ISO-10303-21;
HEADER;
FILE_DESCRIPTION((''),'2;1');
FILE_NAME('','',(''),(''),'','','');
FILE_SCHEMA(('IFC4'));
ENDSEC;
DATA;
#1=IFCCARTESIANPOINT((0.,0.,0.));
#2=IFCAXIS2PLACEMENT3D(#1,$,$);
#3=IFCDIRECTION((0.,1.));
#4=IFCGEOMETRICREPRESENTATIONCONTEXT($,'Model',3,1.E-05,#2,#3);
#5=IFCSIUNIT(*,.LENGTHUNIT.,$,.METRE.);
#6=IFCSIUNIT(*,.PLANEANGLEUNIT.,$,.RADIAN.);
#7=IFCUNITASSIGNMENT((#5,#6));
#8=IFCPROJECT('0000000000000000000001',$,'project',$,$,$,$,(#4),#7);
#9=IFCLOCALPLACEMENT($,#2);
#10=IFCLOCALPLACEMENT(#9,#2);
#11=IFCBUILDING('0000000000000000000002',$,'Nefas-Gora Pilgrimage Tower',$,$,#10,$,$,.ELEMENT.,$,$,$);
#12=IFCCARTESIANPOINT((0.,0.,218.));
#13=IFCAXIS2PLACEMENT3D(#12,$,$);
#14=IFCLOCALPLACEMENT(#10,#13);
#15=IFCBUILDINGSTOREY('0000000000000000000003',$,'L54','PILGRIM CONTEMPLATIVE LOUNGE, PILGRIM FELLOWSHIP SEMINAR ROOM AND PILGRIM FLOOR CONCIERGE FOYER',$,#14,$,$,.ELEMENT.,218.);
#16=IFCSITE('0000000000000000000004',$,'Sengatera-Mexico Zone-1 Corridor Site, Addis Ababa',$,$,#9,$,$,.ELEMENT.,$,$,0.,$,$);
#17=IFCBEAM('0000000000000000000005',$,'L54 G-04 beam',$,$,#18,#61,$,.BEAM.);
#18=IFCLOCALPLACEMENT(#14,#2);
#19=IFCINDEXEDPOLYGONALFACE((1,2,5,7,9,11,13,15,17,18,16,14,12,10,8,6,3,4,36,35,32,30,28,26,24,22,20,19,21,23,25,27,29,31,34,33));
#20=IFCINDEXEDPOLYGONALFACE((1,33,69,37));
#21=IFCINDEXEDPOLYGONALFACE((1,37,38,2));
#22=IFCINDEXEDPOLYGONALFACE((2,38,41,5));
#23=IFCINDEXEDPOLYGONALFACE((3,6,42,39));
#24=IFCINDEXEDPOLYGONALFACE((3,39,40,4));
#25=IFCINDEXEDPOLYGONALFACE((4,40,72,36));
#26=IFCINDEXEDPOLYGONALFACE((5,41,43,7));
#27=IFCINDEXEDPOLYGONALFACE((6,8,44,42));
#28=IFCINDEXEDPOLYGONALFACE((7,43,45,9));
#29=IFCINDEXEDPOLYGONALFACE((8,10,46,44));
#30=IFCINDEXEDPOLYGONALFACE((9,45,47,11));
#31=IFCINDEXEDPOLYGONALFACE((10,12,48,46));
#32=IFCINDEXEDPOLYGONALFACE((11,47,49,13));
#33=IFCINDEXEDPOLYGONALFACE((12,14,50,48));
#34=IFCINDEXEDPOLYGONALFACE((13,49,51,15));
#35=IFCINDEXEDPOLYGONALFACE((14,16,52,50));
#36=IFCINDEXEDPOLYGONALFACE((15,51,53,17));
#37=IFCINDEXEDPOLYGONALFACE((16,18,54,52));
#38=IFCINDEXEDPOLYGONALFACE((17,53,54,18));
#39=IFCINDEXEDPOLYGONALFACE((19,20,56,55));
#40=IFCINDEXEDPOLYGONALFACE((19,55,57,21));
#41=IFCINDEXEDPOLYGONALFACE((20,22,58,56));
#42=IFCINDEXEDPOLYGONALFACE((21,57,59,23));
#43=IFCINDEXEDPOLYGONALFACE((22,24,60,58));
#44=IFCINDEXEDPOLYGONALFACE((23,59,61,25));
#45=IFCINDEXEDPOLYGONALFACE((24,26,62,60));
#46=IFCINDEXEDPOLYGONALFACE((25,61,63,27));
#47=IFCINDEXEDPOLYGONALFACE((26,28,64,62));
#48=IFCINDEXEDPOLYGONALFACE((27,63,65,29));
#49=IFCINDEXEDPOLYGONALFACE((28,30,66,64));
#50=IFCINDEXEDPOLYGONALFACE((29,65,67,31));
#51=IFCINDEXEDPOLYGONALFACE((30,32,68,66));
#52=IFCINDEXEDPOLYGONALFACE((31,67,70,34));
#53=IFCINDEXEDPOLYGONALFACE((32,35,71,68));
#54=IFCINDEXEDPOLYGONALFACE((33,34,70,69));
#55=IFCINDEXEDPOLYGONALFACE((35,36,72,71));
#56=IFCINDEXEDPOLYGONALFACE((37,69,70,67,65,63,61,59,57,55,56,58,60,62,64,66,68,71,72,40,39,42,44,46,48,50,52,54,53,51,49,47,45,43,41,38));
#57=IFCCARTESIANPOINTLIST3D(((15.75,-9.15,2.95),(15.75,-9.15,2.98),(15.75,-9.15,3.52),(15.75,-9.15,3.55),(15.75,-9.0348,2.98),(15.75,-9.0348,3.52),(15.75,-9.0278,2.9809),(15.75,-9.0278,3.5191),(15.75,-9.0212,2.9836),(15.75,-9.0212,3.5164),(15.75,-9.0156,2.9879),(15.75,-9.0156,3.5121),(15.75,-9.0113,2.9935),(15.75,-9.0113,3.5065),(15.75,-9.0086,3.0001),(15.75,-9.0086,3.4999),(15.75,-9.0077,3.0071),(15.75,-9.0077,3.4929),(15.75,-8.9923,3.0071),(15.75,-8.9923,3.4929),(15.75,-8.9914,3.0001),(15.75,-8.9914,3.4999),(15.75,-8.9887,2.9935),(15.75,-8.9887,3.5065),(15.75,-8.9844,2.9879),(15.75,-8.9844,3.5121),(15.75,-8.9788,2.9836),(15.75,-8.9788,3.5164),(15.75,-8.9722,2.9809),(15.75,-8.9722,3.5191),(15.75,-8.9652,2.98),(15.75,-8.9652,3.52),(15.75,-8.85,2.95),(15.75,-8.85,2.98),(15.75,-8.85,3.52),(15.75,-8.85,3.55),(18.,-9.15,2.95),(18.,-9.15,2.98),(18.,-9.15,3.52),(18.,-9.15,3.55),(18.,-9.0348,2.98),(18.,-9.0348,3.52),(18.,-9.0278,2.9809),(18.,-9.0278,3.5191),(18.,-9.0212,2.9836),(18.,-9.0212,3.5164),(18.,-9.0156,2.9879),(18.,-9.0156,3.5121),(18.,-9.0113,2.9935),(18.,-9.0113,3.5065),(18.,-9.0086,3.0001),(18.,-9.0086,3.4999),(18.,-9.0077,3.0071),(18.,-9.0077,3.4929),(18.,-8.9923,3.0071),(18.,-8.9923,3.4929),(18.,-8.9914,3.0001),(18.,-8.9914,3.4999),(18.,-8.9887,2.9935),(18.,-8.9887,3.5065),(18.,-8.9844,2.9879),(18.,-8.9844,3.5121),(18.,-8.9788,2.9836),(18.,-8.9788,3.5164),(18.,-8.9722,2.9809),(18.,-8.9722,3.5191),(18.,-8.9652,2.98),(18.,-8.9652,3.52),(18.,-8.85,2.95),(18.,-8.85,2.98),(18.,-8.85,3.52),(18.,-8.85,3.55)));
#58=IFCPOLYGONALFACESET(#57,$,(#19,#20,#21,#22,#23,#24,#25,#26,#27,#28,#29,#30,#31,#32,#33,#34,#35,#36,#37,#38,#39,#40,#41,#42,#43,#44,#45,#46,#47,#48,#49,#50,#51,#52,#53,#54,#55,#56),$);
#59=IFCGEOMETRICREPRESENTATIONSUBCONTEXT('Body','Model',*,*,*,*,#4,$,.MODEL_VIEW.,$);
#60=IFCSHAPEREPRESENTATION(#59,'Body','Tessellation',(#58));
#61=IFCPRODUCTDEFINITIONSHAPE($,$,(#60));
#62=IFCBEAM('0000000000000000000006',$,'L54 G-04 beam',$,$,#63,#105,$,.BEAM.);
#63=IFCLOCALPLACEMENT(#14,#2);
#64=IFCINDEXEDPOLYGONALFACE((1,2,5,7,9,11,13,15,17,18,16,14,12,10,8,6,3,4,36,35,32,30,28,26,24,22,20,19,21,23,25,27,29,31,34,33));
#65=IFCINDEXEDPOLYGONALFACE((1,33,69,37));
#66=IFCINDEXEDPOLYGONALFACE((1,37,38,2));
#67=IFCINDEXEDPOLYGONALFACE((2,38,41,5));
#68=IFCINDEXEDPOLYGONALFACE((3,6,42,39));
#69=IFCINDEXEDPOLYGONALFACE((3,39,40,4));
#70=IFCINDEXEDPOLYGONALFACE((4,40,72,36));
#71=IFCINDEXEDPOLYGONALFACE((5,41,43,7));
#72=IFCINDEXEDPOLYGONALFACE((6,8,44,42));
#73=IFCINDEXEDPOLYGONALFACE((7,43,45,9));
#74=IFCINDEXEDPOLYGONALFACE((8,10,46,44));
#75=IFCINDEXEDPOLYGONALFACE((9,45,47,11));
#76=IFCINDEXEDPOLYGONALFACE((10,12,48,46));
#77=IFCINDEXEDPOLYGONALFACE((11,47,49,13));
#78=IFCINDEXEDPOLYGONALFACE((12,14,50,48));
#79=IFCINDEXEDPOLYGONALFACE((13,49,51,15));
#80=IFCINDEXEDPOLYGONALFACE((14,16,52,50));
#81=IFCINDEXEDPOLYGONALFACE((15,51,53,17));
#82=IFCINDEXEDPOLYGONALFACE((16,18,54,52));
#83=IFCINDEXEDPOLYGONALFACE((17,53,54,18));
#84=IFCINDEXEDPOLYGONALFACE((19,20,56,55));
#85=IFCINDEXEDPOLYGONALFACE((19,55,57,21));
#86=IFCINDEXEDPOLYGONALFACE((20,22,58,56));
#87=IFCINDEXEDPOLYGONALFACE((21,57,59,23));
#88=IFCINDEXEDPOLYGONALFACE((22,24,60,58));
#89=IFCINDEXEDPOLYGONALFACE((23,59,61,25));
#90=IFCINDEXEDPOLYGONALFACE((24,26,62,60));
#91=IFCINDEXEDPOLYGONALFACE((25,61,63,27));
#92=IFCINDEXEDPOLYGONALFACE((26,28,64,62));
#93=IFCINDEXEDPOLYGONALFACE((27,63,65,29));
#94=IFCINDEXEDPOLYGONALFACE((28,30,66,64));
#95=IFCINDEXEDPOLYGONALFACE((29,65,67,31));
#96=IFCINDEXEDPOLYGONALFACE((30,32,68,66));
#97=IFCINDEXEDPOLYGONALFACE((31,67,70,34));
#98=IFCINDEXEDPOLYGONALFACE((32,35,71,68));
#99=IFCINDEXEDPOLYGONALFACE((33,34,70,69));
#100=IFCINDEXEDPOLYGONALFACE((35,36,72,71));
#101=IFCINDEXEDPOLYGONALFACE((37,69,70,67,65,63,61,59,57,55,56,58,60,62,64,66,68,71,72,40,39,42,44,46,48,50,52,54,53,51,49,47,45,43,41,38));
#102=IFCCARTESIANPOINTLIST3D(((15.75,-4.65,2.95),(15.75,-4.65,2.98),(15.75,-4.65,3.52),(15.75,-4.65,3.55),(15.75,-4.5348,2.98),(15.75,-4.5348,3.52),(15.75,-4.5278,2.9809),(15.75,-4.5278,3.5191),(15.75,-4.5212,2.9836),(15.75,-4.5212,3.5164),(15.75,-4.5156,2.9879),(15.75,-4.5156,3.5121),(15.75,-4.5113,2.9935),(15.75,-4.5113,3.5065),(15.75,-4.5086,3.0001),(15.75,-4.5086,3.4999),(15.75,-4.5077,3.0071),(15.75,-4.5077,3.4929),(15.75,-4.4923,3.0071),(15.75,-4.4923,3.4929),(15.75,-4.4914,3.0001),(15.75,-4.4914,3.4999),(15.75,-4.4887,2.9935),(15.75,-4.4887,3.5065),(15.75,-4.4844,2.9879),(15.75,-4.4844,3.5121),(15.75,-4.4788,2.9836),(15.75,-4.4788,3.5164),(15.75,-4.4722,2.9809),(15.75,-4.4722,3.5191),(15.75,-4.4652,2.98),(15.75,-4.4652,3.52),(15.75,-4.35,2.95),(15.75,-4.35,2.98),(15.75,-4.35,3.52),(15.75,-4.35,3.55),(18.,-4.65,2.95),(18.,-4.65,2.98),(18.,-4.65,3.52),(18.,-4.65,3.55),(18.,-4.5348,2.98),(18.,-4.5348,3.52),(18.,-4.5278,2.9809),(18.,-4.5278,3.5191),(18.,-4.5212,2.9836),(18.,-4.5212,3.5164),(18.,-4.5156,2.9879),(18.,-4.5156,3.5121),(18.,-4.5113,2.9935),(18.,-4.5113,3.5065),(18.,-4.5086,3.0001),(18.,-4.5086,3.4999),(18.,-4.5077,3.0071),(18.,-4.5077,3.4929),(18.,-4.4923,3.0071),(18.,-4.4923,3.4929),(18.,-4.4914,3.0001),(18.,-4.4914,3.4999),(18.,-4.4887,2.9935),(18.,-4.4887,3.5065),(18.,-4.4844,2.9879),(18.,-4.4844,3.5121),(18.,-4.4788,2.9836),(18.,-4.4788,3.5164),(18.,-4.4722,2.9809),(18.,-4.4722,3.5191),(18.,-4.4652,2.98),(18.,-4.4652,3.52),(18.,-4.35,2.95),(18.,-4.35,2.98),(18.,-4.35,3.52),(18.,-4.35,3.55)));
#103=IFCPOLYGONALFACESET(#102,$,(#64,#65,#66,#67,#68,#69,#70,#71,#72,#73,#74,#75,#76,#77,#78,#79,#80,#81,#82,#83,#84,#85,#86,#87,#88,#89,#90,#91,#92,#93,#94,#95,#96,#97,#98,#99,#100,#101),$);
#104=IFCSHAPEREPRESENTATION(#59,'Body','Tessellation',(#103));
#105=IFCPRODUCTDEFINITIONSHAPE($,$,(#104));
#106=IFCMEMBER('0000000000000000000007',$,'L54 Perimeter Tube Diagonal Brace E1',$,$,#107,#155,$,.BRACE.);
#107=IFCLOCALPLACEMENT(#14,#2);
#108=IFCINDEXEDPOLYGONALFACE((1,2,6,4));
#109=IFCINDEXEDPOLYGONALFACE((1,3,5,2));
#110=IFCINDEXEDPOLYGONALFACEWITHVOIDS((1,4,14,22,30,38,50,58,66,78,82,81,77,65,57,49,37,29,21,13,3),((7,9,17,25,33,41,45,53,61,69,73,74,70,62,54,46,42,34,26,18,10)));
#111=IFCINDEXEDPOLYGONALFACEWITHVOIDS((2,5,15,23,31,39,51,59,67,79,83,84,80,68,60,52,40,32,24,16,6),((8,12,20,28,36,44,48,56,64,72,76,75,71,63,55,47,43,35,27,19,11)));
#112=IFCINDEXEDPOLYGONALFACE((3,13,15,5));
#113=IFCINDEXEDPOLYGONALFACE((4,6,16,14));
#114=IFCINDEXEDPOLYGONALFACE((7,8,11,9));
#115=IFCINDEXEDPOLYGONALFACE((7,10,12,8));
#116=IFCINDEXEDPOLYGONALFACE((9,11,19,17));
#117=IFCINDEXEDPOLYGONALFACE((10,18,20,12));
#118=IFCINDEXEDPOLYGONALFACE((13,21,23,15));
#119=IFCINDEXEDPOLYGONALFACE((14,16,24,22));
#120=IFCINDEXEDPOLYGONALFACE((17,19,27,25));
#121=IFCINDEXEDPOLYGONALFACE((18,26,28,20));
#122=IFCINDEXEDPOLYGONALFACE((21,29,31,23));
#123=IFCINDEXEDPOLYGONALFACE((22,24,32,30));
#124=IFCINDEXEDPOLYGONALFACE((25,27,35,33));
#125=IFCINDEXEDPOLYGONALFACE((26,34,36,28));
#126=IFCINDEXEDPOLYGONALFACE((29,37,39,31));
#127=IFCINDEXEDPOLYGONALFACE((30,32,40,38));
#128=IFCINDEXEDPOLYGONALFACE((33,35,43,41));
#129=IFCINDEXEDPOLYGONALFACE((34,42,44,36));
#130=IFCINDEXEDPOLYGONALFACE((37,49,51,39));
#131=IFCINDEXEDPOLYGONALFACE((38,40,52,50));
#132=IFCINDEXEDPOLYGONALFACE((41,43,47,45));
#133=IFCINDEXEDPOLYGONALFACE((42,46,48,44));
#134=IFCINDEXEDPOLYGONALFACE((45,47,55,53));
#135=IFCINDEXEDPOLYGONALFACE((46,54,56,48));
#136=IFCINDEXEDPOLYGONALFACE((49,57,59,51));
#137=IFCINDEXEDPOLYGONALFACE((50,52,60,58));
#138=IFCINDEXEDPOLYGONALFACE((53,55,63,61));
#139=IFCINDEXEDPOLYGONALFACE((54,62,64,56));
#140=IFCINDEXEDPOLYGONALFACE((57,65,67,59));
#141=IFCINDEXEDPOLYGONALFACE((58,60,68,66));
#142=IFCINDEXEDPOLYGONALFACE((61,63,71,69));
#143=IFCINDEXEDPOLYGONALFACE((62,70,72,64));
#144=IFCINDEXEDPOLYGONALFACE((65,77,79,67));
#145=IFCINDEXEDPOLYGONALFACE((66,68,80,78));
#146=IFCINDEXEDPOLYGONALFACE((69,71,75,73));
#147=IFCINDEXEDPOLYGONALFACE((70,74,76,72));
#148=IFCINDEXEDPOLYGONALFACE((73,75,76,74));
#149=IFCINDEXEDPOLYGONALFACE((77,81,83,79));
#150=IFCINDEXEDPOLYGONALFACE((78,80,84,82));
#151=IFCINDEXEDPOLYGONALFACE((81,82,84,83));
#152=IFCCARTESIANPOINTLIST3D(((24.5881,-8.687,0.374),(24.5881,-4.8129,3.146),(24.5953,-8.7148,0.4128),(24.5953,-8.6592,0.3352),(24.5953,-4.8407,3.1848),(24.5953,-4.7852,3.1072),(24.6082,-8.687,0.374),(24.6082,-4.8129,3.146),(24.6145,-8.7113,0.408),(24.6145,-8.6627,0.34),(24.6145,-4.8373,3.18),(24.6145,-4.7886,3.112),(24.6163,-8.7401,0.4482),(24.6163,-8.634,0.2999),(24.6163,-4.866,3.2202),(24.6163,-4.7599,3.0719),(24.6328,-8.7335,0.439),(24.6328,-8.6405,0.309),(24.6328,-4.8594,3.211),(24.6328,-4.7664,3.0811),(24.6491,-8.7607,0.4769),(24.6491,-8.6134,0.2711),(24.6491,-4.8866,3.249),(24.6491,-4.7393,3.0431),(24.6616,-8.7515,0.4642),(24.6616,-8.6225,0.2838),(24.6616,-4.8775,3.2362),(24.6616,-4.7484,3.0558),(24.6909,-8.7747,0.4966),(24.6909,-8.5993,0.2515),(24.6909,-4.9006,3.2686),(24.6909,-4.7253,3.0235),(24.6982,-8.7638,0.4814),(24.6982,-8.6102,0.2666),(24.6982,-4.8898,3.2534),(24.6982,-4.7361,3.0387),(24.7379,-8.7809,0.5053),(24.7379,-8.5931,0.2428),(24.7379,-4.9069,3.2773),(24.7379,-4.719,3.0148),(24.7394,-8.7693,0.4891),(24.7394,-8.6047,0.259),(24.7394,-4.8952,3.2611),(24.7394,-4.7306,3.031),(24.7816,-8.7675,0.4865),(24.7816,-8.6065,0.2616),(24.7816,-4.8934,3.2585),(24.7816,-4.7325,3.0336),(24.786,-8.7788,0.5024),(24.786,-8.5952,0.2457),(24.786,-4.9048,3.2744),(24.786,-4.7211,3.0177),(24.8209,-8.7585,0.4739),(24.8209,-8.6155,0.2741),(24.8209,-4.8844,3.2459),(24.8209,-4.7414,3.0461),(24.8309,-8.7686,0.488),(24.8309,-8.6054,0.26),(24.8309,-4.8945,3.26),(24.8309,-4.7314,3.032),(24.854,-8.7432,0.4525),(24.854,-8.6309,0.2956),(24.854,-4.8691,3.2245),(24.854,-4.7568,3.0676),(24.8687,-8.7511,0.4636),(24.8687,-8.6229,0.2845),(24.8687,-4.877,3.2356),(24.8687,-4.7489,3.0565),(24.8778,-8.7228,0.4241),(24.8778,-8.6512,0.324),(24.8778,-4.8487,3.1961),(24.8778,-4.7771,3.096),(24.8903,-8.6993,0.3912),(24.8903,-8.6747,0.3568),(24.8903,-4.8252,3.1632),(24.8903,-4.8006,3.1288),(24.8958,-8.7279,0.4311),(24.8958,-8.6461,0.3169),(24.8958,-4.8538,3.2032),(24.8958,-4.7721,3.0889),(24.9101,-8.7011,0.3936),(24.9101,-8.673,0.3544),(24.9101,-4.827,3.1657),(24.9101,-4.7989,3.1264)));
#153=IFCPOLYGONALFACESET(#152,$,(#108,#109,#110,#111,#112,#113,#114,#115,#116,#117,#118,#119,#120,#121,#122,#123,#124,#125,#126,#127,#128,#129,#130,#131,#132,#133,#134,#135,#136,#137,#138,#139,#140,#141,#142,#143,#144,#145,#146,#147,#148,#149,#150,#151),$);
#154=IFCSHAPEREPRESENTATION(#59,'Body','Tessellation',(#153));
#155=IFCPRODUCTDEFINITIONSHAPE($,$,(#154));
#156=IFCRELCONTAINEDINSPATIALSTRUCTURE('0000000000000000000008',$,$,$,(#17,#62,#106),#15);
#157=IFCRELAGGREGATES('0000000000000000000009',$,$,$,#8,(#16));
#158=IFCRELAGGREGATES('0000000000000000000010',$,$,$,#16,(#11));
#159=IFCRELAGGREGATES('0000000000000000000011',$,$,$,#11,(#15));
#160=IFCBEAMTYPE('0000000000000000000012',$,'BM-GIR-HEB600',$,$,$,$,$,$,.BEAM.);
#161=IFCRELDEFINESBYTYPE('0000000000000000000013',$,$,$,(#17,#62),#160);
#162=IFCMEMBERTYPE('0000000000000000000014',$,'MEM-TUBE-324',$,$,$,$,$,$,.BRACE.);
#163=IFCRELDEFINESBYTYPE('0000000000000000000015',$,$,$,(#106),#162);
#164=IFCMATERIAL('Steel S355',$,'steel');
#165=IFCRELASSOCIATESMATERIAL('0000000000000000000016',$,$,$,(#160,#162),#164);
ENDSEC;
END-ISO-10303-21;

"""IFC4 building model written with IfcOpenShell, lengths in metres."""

from ifc_helpers import new_model, si_unit, direction, frame, origin, origin_2d, place, context, subcontext, project, spatial, hollow_circle, i_section, extrude, source, transform, mapped, material, material_profile, profile_set, type_object, element, save


model = new_model("IFC4")

# Units and contexts
model_context = context("Model", 3, precision=1e-05, world=origin(), true_north=direction((0.0, 1.0)))
body_context = subcontext(model_context, "Body", "Model", "MODEL_VIEW")
ifc_project = project(units=[si_unit("LENGTHUNIT", "METRE"), si_unit("PLANEANGLEUNIT", "RADIAN")], contexts=[model_context])

# Site, building, storey
site_placement = place(None, origin())
site = spatial("IfcSite", under=ifc_project, at=site_placement, Name="Sengatera-Mexico Zone-1 Corridor Site, Addis Ababa", CompositionType="ELEMENT", RefElevation=0.0)
building_placement = place(site_placement, origin())
building = spatial("IfcBuilding", under=site, at=building_placement, Name="Nefas-Gora Pilgrimage Tower", CompositionType="ELEMENT")
storey_placement = place(building_placement, frame((0.0, 0.0, 218.0)))
storey = spatial("IfcBuildingStorey", under=building, at=storey_placement, Name="L54", Description="PILGRIM CONTEMPLATIVE LOUNGE, PILGRIM FELLOWSHIP SEMINAR ROOM AND PILGRIM FLOOR CONCIERGE FOYER", CompositionType="ELEMENT", Elevation=218.0)

# Beams
ifc_material_1 = material(Name="Steel S355", Category="steel")
ifc_material_profile_1 = material_profile(ifc_material_1, i_section(OverallWidth=0.3, OverallDepth=0.6001, WebThickness=0.0154, FlangeThickness=0.03, FilletRadius=0.0271, at=origin_2d()), Name="HEB 600")
ifc_profile_set_1 = profile_set([ifc_material_profile_1], Name="Steel S355")
beam_type_1 = type_object("IfcBeamType", Name="BM-GIR-HEB600", PredefinedType="BEAM", material=ifc_profile_set_1)
shared_shape_1 = source(origin(), body_context, "Body", "SweptSolid", [
    extrude(i_section(OverallWidth=0.3, OverallDepth=0.6001, WebThickness=0.0154, FlangeThickness=0.03, FilletRadius=0.0271, at=origin_2d()), origin(), (0.0, 0.0, 1.0), 2.25),
])
for number, where, z_axis, x_axis, name in (
    (1, (15.75, -9.0, 3.25), (1.0, 0.0, 0.0), (0.0, 1.0, 0.0), "L54 G-04 beam"),
    (2, (15.75, -4.5, 3.25), (1.0, 0.0, 0.0), (0.0, 1.0, 0.0), "L54 G-04 beam"),
):
    element("IfcBeam", number, at=place(storey_placement, frame(where, z_axis=z_axis, x_axis=x_axis)), inside=storey, type_object=beam_type_1, Name=name, PredefinedType="BEAM", context=body_context, shape_type="MappedRepresentation", body=[
        mapped(shared_shape_1, transform((0.0, 0.0, 0.0), x_axis=(1.0, 0.0, 0.0), y_axis=(0.0, 1.0, 0.0), z_axis=(0.0, 0.0, 1.0), scale=1.0)),
    ])

# Member
ifc_material_profile_2 = material_profile(ifc_material_1, hollow_circle(Radius=0.1619, WallThickness=0.02, at=origin_2d()), Name="CHS 323.9x20")
ifc_profile_set_2 = profile_set([ifc_material_profile_2], Name="Steel S355")
member_type_1 = type_object("IfcMemberType", Name="MEM-TUBE-324", PredefinedType="BRACE", material=ifc_profile_set_2)
shared_shape_2 = source(origin(), body_context, "Body", "SweptSolid", [
    extrude(hollow_circle(Radius=0.1619, WallThickness=0.02, at=origin_2d()), origin(), (0.0, 0.0, 1.0), 4.7637),
])
member_1_placement = place(storey_placement, frame((24.75, -8.687, 0.374), z_axis=(0.0, 0.813255, 0.581907), x_axis=(-1.0, 0.0, 0.0)))
element("IfcMember", 3, at=member_1_placement, inside=storey, type_object=member_type_1, Name="L54 Perimeter Tube Diagonal Brace E1", PredefinedType="BRACE", context=body_context, shape_type="MappedRepresentation", body=[
    mapped(shared_shape_2, transform((0.0, 0.0, 0.0), x_axis=(1.0, 0.0, 0.0), y_axis=(0.0, 1.0, 0.0), z_axis=(0.0, 0.0, 1.0), scale=1.0)),
])

save(model, "model.ifc")
